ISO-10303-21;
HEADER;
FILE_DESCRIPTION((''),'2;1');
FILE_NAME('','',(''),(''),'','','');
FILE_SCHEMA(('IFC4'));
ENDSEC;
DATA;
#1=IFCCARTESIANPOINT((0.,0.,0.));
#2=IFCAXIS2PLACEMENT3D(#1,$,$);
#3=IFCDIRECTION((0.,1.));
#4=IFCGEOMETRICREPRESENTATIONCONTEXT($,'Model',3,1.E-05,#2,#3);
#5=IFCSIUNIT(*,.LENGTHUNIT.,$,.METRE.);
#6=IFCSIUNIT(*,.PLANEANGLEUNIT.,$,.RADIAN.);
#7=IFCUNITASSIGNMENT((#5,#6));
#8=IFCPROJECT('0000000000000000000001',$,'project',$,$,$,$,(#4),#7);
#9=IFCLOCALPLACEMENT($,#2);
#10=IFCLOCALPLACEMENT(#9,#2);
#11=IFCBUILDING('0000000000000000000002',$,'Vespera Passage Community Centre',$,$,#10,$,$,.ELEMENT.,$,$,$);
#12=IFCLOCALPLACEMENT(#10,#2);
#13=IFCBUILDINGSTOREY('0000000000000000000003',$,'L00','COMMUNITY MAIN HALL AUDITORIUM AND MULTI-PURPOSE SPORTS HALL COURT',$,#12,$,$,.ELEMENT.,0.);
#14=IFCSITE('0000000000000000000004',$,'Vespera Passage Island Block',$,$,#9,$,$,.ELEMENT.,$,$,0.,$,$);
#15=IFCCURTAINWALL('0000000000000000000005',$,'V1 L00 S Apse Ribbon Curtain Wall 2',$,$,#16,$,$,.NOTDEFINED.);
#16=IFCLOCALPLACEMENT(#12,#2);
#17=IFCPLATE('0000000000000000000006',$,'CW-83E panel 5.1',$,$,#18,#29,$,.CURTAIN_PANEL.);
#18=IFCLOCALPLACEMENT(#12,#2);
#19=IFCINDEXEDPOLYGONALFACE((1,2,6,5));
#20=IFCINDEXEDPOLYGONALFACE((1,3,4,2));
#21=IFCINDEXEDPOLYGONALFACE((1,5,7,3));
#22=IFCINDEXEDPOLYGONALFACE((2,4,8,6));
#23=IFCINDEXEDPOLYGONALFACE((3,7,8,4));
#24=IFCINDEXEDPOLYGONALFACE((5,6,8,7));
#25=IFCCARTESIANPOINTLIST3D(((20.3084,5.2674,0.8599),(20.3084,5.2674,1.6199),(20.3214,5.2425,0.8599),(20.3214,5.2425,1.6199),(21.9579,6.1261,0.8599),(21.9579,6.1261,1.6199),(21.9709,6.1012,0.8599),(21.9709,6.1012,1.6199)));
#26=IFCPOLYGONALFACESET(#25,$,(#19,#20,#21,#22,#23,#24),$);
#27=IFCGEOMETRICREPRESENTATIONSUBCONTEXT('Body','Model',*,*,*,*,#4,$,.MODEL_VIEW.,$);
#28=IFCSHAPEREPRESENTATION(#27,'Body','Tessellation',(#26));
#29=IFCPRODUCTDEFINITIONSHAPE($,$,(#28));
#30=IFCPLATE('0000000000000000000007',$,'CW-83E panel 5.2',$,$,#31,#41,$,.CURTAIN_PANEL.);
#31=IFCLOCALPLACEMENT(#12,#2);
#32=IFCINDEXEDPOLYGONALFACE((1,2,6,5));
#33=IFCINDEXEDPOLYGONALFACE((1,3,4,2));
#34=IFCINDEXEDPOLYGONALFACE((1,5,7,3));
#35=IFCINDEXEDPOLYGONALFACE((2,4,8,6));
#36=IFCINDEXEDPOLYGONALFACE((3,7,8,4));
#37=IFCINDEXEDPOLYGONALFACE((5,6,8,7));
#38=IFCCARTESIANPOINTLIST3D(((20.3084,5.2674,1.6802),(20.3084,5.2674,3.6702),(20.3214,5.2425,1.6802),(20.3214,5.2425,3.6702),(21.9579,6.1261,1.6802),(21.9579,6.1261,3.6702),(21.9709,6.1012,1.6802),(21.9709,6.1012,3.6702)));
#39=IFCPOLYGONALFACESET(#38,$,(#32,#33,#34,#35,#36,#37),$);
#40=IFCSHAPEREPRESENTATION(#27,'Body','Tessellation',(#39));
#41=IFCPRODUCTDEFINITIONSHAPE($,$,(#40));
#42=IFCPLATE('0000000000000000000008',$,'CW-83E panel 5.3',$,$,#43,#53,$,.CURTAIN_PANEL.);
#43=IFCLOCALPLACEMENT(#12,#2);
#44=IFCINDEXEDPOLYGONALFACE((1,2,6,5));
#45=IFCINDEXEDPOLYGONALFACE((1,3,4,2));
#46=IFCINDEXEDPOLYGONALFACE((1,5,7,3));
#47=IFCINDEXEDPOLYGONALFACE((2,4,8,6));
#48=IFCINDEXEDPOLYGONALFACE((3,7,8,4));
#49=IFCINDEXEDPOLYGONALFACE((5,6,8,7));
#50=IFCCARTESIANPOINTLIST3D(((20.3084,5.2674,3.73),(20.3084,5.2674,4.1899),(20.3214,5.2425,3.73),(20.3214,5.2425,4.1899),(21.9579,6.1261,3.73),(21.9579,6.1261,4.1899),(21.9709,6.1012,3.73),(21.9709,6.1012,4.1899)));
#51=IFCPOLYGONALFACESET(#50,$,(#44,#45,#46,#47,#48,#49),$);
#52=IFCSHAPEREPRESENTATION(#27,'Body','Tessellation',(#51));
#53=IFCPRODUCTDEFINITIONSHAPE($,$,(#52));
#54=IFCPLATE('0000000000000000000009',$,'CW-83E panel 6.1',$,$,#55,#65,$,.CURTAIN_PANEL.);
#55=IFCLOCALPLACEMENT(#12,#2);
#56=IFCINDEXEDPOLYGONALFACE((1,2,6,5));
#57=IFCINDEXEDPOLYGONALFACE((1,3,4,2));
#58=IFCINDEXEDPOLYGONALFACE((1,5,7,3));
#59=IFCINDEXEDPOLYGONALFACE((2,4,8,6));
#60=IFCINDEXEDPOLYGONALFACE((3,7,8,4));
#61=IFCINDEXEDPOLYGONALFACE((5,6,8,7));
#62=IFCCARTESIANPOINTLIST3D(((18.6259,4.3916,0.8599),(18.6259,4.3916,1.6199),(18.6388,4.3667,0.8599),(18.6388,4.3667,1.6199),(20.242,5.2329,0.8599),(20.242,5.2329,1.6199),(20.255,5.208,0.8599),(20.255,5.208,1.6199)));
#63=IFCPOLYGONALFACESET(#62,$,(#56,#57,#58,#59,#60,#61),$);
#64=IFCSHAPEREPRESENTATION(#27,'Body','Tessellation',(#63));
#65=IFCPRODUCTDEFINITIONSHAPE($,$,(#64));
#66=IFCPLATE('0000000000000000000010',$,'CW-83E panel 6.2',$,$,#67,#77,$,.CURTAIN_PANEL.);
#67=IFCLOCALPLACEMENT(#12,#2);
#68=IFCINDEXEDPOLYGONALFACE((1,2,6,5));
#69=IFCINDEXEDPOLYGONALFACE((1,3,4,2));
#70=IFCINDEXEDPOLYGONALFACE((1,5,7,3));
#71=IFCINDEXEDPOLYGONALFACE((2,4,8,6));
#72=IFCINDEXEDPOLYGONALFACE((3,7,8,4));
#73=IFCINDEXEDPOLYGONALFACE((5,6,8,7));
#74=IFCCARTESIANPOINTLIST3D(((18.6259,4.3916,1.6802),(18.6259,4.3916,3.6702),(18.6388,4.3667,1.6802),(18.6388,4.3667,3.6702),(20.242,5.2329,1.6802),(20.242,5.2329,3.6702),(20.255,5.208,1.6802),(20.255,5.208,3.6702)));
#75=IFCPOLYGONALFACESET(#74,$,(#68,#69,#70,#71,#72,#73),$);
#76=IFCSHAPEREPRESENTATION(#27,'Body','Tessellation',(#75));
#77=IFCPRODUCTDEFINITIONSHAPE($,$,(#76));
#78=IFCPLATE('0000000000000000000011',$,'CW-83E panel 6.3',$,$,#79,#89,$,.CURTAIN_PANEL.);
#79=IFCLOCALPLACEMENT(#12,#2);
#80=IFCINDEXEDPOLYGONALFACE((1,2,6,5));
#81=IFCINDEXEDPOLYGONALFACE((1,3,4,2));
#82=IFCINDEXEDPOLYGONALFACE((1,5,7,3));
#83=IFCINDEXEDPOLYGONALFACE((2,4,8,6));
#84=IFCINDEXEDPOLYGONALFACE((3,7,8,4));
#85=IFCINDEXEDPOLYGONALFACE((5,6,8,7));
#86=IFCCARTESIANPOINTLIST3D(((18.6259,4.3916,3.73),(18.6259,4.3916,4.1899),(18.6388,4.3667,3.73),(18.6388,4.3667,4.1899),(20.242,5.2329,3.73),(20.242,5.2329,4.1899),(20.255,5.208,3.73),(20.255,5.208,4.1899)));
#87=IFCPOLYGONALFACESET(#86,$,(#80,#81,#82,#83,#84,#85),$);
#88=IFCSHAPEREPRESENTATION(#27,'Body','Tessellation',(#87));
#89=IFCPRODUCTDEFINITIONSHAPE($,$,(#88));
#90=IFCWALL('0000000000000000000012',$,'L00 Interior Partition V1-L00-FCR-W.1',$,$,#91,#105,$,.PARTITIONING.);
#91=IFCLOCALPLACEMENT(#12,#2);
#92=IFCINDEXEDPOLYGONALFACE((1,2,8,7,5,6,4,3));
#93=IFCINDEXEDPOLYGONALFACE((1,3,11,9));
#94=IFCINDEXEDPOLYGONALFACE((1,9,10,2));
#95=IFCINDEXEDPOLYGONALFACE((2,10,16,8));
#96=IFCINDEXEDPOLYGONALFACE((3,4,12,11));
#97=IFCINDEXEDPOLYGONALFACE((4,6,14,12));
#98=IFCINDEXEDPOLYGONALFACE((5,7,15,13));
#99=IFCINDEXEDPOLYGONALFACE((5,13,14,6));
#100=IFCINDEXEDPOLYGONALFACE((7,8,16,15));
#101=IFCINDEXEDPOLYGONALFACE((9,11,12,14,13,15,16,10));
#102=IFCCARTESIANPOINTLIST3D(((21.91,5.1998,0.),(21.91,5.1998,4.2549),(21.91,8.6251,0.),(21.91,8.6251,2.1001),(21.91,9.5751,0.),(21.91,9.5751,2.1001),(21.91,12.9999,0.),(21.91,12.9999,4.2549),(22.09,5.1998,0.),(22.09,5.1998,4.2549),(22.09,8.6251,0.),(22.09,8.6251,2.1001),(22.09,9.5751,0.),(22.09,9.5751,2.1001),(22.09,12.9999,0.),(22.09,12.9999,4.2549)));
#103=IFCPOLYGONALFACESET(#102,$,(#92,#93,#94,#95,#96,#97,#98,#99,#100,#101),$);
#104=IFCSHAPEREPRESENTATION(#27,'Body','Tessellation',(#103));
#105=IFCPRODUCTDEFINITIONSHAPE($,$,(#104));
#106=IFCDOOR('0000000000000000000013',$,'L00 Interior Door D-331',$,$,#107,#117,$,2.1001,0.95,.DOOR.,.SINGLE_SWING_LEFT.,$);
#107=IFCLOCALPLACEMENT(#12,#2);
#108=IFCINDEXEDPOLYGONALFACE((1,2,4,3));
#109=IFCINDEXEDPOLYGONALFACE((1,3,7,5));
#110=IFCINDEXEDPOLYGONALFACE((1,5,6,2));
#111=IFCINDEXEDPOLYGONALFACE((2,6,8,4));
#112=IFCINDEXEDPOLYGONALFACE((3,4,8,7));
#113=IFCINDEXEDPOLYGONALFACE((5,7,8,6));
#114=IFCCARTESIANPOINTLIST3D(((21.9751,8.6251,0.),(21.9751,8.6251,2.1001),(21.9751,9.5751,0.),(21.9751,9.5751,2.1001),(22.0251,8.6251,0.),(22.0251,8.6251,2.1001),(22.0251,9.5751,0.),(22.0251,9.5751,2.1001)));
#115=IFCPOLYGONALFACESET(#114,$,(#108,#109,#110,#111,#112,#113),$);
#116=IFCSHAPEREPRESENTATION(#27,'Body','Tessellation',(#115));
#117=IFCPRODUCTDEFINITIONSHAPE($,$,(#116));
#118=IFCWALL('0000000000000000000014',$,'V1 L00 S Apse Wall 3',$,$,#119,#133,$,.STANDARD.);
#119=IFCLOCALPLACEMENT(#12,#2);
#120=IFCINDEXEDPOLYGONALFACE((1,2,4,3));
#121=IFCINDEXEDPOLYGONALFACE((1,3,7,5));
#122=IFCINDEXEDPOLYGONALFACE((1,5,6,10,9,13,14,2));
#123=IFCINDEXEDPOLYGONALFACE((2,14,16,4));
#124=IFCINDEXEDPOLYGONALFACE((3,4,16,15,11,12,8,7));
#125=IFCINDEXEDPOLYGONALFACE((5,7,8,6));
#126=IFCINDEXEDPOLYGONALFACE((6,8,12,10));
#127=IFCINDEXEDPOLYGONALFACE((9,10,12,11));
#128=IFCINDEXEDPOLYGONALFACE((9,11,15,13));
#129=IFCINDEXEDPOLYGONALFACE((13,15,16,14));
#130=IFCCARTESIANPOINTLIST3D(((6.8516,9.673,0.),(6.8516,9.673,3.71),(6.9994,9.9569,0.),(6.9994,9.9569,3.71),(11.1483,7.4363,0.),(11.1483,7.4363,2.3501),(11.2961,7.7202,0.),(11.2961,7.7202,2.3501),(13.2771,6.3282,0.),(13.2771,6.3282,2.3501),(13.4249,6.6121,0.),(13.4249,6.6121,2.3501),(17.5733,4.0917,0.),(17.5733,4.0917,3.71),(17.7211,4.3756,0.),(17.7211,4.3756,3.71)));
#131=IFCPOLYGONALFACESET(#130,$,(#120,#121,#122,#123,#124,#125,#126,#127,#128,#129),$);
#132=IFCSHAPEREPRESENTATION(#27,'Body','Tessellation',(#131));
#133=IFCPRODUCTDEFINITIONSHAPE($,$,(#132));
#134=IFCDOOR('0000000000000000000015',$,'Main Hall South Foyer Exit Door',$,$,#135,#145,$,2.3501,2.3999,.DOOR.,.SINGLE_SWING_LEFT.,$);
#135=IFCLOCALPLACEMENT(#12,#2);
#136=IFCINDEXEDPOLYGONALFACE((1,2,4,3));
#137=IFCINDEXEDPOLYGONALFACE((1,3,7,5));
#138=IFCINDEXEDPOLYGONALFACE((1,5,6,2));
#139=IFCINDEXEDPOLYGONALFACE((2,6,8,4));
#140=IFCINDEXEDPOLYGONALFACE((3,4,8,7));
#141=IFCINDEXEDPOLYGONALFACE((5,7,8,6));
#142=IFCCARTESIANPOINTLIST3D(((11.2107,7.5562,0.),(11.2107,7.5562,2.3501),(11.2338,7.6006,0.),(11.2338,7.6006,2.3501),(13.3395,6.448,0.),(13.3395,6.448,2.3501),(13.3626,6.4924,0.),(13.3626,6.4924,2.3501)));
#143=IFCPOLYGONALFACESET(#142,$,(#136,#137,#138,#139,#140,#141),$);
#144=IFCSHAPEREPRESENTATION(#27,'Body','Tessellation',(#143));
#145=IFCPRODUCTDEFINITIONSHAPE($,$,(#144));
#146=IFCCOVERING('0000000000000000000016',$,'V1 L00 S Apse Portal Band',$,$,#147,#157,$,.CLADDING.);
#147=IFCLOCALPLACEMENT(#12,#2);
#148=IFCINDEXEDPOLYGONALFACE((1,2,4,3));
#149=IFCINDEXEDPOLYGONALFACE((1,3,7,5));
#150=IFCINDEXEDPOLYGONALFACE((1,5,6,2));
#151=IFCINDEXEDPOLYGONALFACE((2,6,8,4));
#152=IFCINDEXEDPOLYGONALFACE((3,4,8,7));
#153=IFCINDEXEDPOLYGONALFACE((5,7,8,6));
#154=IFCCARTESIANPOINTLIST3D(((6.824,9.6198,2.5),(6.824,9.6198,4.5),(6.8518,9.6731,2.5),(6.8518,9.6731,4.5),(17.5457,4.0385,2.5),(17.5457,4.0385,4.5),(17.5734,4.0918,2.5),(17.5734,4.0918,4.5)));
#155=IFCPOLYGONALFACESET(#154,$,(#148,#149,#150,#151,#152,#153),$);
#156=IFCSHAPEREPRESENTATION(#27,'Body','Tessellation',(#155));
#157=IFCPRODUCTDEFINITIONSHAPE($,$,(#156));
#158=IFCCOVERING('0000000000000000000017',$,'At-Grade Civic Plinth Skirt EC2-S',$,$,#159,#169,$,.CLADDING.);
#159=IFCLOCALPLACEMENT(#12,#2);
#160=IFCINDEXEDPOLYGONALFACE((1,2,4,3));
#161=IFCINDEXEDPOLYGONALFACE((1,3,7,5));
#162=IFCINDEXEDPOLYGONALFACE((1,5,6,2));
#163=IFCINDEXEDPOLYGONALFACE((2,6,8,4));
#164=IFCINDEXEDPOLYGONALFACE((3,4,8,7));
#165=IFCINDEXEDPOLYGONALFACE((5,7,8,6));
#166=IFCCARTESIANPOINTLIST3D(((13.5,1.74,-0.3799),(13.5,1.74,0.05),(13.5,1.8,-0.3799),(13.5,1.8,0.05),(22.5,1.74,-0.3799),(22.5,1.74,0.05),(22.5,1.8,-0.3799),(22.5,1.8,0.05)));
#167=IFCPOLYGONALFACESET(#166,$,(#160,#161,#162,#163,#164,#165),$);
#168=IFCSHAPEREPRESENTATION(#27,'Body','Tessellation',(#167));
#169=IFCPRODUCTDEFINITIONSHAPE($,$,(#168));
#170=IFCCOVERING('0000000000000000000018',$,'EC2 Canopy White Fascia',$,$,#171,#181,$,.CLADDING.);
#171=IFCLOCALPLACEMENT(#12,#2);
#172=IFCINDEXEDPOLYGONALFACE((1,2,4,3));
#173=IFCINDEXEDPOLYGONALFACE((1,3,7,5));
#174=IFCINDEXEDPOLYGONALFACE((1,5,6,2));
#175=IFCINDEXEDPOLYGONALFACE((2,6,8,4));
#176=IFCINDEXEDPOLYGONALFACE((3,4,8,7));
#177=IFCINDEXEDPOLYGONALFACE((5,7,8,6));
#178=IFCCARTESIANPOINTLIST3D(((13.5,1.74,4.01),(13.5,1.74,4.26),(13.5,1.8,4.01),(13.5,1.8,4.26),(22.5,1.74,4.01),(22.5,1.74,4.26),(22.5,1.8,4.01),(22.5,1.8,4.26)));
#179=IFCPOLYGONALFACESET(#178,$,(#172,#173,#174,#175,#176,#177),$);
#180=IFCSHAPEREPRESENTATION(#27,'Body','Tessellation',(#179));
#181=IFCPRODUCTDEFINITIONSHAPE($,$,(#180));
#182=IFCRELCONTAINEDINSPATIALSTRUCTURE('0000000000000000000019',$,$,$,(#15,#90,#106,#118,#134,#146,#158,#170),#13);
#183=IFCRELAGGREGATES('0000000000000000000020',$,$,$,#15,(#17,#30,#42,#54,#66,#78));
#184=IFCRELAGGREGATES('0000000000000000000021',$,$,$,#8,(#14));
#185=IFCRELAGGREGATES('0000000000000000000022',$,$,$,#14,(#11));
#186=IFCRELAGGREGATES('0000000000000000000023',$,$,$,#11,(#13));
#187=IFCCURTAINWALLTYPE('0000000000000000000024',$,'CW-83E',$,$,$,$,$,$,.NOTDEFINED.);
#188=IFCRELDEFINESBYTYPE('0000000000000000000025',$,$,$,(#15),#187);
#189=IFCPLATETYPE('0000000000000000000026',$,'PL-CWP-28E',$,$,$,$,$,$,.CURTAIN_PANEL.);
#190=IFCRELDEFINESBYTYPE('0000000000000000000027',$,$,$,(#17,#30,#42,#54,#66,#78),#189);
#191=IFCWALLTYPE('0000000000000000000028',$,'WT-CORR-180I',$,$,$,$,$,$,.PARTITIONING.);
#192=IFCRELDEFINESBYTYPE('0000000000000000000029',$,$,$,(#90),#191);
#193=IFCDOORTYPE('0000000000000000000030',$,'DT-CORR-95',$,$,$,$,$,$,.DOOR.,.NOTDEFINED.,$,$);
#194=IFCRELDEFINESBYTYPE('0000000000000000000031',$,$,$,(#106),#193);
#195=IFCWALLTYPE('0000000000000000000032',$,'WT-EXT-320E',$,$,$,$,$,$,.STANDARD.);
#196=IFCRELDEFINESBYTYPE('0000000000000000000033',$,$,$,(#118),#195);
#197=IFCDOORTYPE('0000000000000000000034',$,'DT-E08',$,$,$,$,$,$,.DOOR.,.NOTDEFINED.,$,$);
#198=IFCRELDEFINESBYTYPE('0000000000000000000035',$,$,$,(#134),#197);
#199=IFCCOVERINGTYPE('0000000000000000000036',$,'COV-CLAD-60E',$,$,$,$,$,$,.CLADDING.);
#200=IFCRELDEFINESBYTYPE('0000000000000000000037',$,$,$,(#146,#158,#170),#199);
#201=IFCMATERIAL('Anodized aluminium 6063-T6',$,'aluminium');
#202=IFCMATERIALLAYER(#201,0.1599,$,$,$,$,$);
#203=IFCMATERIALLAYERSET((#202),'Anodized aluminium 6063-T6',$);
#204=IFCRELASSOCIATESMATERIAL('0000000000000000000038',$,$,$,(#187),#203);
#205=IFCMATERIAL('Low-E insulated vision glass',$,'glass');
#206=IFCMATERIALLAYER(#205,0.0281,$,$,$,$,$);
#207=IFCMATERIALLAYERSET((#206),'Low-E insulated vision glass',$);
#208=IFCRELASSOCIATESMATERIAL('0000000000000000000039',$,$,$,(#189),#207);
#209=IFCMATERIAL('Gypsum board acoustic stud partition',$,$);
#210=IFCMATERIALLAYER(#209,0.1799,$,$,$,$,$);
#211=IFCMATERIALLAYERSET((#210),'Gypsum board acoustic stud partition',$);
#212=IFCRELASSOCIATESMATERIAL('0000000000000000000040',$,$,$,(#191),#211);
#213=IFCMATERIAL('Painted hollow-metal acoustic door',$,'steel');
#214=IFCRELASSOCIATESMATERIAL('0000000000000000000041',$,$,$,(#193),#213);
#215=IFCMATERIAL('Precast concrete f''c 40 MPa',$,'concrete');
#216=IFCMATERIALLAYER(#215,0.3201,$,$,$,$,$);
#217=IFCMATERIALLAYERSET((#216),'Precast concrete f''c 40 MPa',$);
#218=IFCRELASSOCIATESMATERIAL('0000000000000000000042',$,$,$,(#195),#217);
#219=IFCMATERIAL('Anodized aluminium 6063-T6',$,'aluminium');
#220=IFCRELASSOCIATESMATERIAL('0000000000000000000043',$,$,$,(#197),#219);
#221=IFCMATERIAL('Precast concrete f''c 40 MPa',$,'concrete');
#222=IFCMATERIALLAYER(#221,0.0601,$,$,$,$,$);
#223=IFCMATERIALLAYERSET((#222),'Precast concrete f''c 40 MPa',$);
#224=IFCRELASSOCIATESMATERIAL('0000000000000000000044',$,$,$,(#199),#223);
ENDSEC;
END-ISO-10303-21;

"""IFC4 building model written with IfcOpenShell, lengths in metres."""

from ifc_helpers import new_model, si_unit, direction, frame, frame_2d, origin, origin_2d, place, context, subcontext, project, spatial, rectangle, extrude, material, layer, layer_set, type_object, element, fill, aggregate, save


model = new_model("IFC4")

# Units and contexts
model_context = context("Model", 3, precision=1e-05, world=origin(), true_north=direction((0.0, 1.0)))
body_context = subcontext(model_context, "Body", "Model", "MODEL_VIEW")
ifc_project = project(units=[si_unit("LENGTHUNIT", "METRE"), si_unit("PLANEANGLEUNIT", "RADIAN")], contexts=[model_context])

# Site, building, storey
site_placement = place(None, origin())
site = spatial("IfcSite", under=ifc_project, at=site_placement, Name="Vespera Passage Island Block", CompositionType="ELEMENT", RefElevation=0.0)
building_placement = place(site_placement, origin())
building = spatial("IfcBuilding", under=site, at=building_placement, Name="Vespera Passage Community Centre", CompositionType="ELEMENT")
storey_placement = place(building_placement, origin())
storey = spatial("IfcBuildingStorey", under=building, at=storey_placement, Name="L00", Description="COMMUNITY MAIN HALL AUDITORIUM AND MULTI-PURPOSE SPORTS HALL COURT", CompositionType="ELEMENT", Elevation=0.0)

# Curtain wall
ifc_material_1 = material(Name="Anodized aluminium 6063-T6", Category="aluminium")
ifc_layer_1 = layer(ifc_material_1, 0.1599)
ifc_layer_set_1 = layer_set([ifc_layer_1], Name="Anodized aluminium 6063-T6")
curtain_wall_type = type_object("IfcCurtainWallType", Name="CW-83E", PredefinedType="NOTDEFINED", material=ifc_layer_set_1)
curtain_wall_placement = place(storey_placement, origin())
curtain_wall = element("IfcCurtainWall", 1, at=curtain_wall_placement, inside=storey, type_object=curtain_wall_type, Name="V1 L00 S Apse Ribbon Curtain Wall 2", PredefinedType="NOTDEFINED")

# Plates
ifc_material_2 = material(Name="Low-E insulated vision glass", Category="glass")
ifc_layer_2 = layer(ifc_material_2, 0.0281)
ifc_layer_set_2 = layer_set([ifc_layer_2], Name="Low-E insulated vision glass")
plate_type = type_object("IfcPlateType", Name="PL-CWP-28E", PredefinedType="CURTAIN_PANEL", material=ifc_layer_set_2)
plate_1_placement = place(storey_placement, frame((21.1396, 5.6843, 0.8599), z_axis=(0.0, 0.0, 1.0), x_axis=(-0.887013, -0.461745, 0.0)))
plate_1 = element("IfcPlate", 2, at=plate_1_placement, type_object=plate_type, Name="CW-83E panel 5.1", PredefinedType="CURTAIN_PANEL", context=body_context, shape_type="SweptSolid", body=[
    extrude(rectangle(XDim=1.8596, YDim=0.0281, at=origin_2d()), origin(), (0.0, 0.0, 1.0), 0.76),
])
plate_2_placement = place(storey_placement, frame((21.1396, 5.6843, 1.6802), z_axis=(0.0, 0.0, 1.0), x_axis=(-0.887013, -0.461745, 0.0)))
plate_2 = element("IfcPlate", 3, at=plate_2_placement, type_object=plate_type, Name="CW-83E panel 5.2", PredefinedType="CURTAIN_PANEL", context=body_context, shape_type="SweptSolid", body=[
    extrude(rectangle(XDim=1.8596, YDim=0.0281, at=origin_2d()), origin(), (0.0, 0.0, 1.0), 1.99),
])
plate_3_placement = place(storey_placement, frame((21.1396, 5.6843, 3.73), z_axis=(0.0, 0.0, 1.0), x_axis=(-0.887013, -0.461745, 0.0)))
plate_3 = element("IfcPlate", 4, at=plate_3_placement, type_object=plate_type, Name="CW-83E panel 5.3", PredefinedType="CURTAIN_PANEL", context=body_context, shape_type="SweptSolid", body=[
    extrude(rectangle(XDim=1.8596, YDim=0.0281, at=origin_2d()), origin(), (0.0, 0.0, 1.0), 0.46),
])
plate_4_placement = place(storey_placement, frame((19.4404, 4.7998, 0.8599), z_axis=(0.0, 0.0, 1.0), x_axis=(-0.887013, -0.461745, 0.0)))
plate_4 = element("IfcPlate", 5, at=plate_4_placement, type_object=plate_type, Name="CW-83E panel 6.1", PredefinedType="CURTAIN_PANEL", context=body_context, shape_type="SweptSolid", body=[
    extrude(rectangle(XDim=1.822, YDim=0.0281, at=origin_2d()), origin(), (0.0, 0.0, 1.0), 0.76),
])
plate_5_placement = place(storey_placement, frame((19.4404, 4.7998, 1.6802), z_axis=(0.0, 0.0, 1.0), x_axis=(-0.887013, -0.461745, 0.0)))
plate_5 = element("IfcPlate", 6, at=plate_5_placement, type_object=plate_type, Name="CW-83E panel 6.2", PredefinedType="CURTAIN_PANEL", context=body_context, shape_type="SweptSolid", body=[
    extrude(rectangle(XDim=1.822, YDim=0.0281, at=origin_2d()), origin(), (0.0, 0.0, 1.0), 1.99),
])
plate_6_placement = place(storey_placement, frame((19.4404, 4.7998, 3.73), z_axis=(0.0, 0.0, 1.0), x_axis=(-0.887013, -0.461745, 0.0)))
plate_6 = element("IfcPlate", 7, at=plate_6_placement, type_object=plate_type, Name="CW-83E panel 6.3", PredefinedType="CURTAIN_PANEL", context=body_context, shape_type="SweptSolid", body=[
    extrude(rectangle(XDim=1.822, YDim=0.0281, at=origin_2d()), origin(), (0.0, 0.0, 1.0), 0.46),
])
aggregate(curtain_wall, [plate_1, plate_2, plate_3, plate_4, plate_5, plate_6])

# Walls, openings, doors
ifc_material_3 = material(Name="Gypsum board acoustic stud partition")
ifc_layer_3 = layer(ifc_material_3, 0.1799)
ifc_layer_set_3 = layer_set([ifc_layer_3], Name="Gypsum board acoustic stud partition")
wall_type_1 = type_object("IfcWallType", Name="WT-CORR-180I", PredefinedType="PARTITIONING", material=ifc_layer_set_3)
wall_1_placement = place(storey_placement, frame((22.0, 5.2, 0.0), z_axis=(0.0, 0.0, 1.0), x_axis=(0.0, 1.0, 0.0)))
wall_1 = element("IfcWall", 8, at=wall_1_placement, inside=storey, type_object=wall_type_1, Name="L00 Interior Partition V1-L00-FCR-W.1", PredefinedType="PARTITIONING", context=body_context, shape_type="SweptSolid", body=[
    extrude(rectangle(XDim=7.8, YDim=0.1799, at=frame_2d((3.8999, 0.0))), origin(), (0.0, 0.0, 1.0), 4.2549),
])
opening_1_placement = place(wall_1_placement, frame((3.425, 0.0, 0.0)))
opening_1 = element("IfcOpeningElement", 9, at=opening_1_placement, cuts=wall_1, PredefinedType="OPENING", context=body_context, shape_type="SweptSolid", body=[
    extrude(rectangle(XDim=0.95, YDim=2.1001, at=frame_2d((0.4751, 1.05))), frame((0.0, 0.0999, 0.0), z_axis=(0.0, -1.0, 0.0), x_axis=(1.0, 0.0, 0.0)), (0.0, 0.0, 1.0), 0.2),
])
ifc_material_4 = material(Name="Painted hollow-metal acoustic door", Category="steel")
door_type_1 = type_object("IfcDoorType", Name="DT-CORR-95", OperationType="NOTDEFINED", PredefinedType="DOOR", material=ifc_material_4)
door_1_placement = place(opening_1_placement, origin())
door_1 = element("IfcDoor", 10, at=door_1_placement, inside=storey, type_object=door_type_1, Name="L00 Interior Door D-331", OperationType="SINGLE_SWING_LEFT", OverallHeight=2.1001, OverallWidth=0.95, PredefinedType="DOOR", context=body_context, shape_type="SweptSolid", body=[
    extrude(rectangle(XDim=0.95, YDim=2.1001, at=frame_2d((0.4751, 1.05))), frame((0.0, 0.0249, 0.0), z_axis=(0.0, -1.0, 0.0), x_axis=(1.0, 0.0, 0.0)), (0.0, 0.0, 1.0), 0.05),
])
fill(opening_1, door_1)
ifc_material_5 = material(Name="Precast concrete f'c 40 MPa", Category="concrete")
ifc_layer_4 = layer(ifc_material_5, 0.3201)
ifc_layer_set_4 = layer_set([ifc_layer_4], Name="Precast concrete f'c 40 MPa")
wall_type_2 = type_object("IfcWallType", Name="WT-EXT-320E", PredefinedType="STANDARD", material=ifc_layer_set_4)
wall_2_placement = place(storey_placement, frame((17.6472, 4.2336, 0.0), z_axis=(0.0, 0.0, 1.0), x_axis=(-0.887013, 0.461745, 0.0)))
wall_2 = element("IfcWall", 11, at=wall_2_placement, inside=storey, type_object=wall_type_2, Name="V1 L00 S Apse Wall 3", PredefinedType="STANDARD", context=body_context, shape_type="SweptSolid", body=[
    extrude(rectangle(XDim=12.0874, YDim=0.3201, at=frame_2d((6.0437, 0.0))), origin(), (0.0, 0.0, 1.0), 3.71),
])
opening_2_placement = place(wall_2_placement, frame((4.8435, 0.0, 0.0)))
opening_2 = element("IfcOpeningElement", 12, at=opening_2_placement, cuts=wall_2, PredefinedType="OPENING", context=body_context, shape_type="SweptSolid", body=[
    extrude(rectangle(XDim=2.3999, YDim=2.3501, at=frame_2d((1.2, 1.175))), frame((0.0, 0.1702, 0.0), z_axis=(0.0, -1.0, 0.0), x_axis=(1.0, 0.0, 0.0)), (0.0, 0.0, 1.0), 0.3401),
])
ifc_material_6 = material(Name="Anodized aluminium 6063-T6", Category="aluminium")
door_type_2 = type_object("IfcDoorType", Name="DT-E08", OperationType="NOTDEFINED", PredefinedType="DOOR", material=ifc_material_6)
door_2_placement = place(opening_2_placement, origin())
door_2 = element("IfcDoor", 13, at=door_2_placement, inside=storey, type_object=door_type_2, Name="Main Hall South Foyer Exit Door", OperationType="SINGLE_SWING_LEFT", OverallHeight=2.3501, OverallWidth=2.3999, PredefinedType="DOOR", context=body_context, shape_type="SweptSolid", body=[
    extrude(rectangle(XDim=2.3999, YDim=2.3501, at=frame_2d((1.2, 1.175))), frame((0.0, 0.0249, 0.0), z_axis=(0.0, -1.0, 0.0), x_axis=(1.0, 0.0, 0.0)), (0.0, 0.0, 1.0), 0.05),
])
fill(opening_2, door_2)

# Coverings
ifc_material_7 = material(Name="Precast concrete f'c 40 MPa", Category="concrete")
ifc_layer_5 = layer(ifc_material_7, 0.0601)
ifc_layer_set_5 = layer_set([ifc_layer_5], Name="Precast concrete f'c 40 MPa")
covering_type = type_object("IfcCoveringType", Name="COV-CLAD-60E", PredefinedType="CLADDING", material=ifc_layer_set_5)
covering_1_placement = place(storey_placement, frame((17.5596, 4.0652, 2.5), z_axis=(0.0, 0.0, 1.0), x_axis=(-0.887013, 0.461745, 0.0)))
element("IfcCovering", 14, at=covering_1_placement, inside=storey, type_object=covering_type, Name="V1 L00 S Apse Portal Band", PredefinedType="CLADDING", context=body_context, shape_type="SweptSolid", body=[
    extrude(rectangle(XDim=12.0874, YDim=0.0601, at=frame_2d((6.0437, 0.0))), origin(), (0.0, 0.0, 1.0), 2.0),
])
covering_2_placement = place(storey_placement, frame((13.5, 1.77, -0.3799), z_axis=(0.0, 0.0, 1.0), x_axis=(1.0, 0.0, 0.0)))
element("IfcCovering", 15, at=covering_2_placement, inside=storey, type_object=covering_type, Name="At-Grade Civic Plinth Skirt EC2-S", PredefinedType="CLADDING", context=body_context, shape_type="SweptSolid", body=[
    extrude(rectangle(XDim=9.0, YDim=0.0601, at=frame_2d((4.5, 0.0))), origin(), (0.0, 0.0, 1.0), 0.4299),
])
covering_3_placement = place(storey_placement, frame((13.5, 1.77, 4.01), z_axis=(0.0, 0.0, 1.0), x_axis=(1.0, 0.0, 0.0)))
element("IfcCovering", 16, at=covering_3_placement, inside=storey, type_object=covering_type, Name="EC2 Canopy White Fascia", PredefinedType="CLADDING", context=body_context, shape_type="SweptSolid", body=[
    extrude(rectangle(XDim=9.0, YDim=0.0601, at=frame_2d((4.5, 0.0))), origin(), (0.0, 0.0, 1.0), 0.25),
])

save(model, "model.ifc")
